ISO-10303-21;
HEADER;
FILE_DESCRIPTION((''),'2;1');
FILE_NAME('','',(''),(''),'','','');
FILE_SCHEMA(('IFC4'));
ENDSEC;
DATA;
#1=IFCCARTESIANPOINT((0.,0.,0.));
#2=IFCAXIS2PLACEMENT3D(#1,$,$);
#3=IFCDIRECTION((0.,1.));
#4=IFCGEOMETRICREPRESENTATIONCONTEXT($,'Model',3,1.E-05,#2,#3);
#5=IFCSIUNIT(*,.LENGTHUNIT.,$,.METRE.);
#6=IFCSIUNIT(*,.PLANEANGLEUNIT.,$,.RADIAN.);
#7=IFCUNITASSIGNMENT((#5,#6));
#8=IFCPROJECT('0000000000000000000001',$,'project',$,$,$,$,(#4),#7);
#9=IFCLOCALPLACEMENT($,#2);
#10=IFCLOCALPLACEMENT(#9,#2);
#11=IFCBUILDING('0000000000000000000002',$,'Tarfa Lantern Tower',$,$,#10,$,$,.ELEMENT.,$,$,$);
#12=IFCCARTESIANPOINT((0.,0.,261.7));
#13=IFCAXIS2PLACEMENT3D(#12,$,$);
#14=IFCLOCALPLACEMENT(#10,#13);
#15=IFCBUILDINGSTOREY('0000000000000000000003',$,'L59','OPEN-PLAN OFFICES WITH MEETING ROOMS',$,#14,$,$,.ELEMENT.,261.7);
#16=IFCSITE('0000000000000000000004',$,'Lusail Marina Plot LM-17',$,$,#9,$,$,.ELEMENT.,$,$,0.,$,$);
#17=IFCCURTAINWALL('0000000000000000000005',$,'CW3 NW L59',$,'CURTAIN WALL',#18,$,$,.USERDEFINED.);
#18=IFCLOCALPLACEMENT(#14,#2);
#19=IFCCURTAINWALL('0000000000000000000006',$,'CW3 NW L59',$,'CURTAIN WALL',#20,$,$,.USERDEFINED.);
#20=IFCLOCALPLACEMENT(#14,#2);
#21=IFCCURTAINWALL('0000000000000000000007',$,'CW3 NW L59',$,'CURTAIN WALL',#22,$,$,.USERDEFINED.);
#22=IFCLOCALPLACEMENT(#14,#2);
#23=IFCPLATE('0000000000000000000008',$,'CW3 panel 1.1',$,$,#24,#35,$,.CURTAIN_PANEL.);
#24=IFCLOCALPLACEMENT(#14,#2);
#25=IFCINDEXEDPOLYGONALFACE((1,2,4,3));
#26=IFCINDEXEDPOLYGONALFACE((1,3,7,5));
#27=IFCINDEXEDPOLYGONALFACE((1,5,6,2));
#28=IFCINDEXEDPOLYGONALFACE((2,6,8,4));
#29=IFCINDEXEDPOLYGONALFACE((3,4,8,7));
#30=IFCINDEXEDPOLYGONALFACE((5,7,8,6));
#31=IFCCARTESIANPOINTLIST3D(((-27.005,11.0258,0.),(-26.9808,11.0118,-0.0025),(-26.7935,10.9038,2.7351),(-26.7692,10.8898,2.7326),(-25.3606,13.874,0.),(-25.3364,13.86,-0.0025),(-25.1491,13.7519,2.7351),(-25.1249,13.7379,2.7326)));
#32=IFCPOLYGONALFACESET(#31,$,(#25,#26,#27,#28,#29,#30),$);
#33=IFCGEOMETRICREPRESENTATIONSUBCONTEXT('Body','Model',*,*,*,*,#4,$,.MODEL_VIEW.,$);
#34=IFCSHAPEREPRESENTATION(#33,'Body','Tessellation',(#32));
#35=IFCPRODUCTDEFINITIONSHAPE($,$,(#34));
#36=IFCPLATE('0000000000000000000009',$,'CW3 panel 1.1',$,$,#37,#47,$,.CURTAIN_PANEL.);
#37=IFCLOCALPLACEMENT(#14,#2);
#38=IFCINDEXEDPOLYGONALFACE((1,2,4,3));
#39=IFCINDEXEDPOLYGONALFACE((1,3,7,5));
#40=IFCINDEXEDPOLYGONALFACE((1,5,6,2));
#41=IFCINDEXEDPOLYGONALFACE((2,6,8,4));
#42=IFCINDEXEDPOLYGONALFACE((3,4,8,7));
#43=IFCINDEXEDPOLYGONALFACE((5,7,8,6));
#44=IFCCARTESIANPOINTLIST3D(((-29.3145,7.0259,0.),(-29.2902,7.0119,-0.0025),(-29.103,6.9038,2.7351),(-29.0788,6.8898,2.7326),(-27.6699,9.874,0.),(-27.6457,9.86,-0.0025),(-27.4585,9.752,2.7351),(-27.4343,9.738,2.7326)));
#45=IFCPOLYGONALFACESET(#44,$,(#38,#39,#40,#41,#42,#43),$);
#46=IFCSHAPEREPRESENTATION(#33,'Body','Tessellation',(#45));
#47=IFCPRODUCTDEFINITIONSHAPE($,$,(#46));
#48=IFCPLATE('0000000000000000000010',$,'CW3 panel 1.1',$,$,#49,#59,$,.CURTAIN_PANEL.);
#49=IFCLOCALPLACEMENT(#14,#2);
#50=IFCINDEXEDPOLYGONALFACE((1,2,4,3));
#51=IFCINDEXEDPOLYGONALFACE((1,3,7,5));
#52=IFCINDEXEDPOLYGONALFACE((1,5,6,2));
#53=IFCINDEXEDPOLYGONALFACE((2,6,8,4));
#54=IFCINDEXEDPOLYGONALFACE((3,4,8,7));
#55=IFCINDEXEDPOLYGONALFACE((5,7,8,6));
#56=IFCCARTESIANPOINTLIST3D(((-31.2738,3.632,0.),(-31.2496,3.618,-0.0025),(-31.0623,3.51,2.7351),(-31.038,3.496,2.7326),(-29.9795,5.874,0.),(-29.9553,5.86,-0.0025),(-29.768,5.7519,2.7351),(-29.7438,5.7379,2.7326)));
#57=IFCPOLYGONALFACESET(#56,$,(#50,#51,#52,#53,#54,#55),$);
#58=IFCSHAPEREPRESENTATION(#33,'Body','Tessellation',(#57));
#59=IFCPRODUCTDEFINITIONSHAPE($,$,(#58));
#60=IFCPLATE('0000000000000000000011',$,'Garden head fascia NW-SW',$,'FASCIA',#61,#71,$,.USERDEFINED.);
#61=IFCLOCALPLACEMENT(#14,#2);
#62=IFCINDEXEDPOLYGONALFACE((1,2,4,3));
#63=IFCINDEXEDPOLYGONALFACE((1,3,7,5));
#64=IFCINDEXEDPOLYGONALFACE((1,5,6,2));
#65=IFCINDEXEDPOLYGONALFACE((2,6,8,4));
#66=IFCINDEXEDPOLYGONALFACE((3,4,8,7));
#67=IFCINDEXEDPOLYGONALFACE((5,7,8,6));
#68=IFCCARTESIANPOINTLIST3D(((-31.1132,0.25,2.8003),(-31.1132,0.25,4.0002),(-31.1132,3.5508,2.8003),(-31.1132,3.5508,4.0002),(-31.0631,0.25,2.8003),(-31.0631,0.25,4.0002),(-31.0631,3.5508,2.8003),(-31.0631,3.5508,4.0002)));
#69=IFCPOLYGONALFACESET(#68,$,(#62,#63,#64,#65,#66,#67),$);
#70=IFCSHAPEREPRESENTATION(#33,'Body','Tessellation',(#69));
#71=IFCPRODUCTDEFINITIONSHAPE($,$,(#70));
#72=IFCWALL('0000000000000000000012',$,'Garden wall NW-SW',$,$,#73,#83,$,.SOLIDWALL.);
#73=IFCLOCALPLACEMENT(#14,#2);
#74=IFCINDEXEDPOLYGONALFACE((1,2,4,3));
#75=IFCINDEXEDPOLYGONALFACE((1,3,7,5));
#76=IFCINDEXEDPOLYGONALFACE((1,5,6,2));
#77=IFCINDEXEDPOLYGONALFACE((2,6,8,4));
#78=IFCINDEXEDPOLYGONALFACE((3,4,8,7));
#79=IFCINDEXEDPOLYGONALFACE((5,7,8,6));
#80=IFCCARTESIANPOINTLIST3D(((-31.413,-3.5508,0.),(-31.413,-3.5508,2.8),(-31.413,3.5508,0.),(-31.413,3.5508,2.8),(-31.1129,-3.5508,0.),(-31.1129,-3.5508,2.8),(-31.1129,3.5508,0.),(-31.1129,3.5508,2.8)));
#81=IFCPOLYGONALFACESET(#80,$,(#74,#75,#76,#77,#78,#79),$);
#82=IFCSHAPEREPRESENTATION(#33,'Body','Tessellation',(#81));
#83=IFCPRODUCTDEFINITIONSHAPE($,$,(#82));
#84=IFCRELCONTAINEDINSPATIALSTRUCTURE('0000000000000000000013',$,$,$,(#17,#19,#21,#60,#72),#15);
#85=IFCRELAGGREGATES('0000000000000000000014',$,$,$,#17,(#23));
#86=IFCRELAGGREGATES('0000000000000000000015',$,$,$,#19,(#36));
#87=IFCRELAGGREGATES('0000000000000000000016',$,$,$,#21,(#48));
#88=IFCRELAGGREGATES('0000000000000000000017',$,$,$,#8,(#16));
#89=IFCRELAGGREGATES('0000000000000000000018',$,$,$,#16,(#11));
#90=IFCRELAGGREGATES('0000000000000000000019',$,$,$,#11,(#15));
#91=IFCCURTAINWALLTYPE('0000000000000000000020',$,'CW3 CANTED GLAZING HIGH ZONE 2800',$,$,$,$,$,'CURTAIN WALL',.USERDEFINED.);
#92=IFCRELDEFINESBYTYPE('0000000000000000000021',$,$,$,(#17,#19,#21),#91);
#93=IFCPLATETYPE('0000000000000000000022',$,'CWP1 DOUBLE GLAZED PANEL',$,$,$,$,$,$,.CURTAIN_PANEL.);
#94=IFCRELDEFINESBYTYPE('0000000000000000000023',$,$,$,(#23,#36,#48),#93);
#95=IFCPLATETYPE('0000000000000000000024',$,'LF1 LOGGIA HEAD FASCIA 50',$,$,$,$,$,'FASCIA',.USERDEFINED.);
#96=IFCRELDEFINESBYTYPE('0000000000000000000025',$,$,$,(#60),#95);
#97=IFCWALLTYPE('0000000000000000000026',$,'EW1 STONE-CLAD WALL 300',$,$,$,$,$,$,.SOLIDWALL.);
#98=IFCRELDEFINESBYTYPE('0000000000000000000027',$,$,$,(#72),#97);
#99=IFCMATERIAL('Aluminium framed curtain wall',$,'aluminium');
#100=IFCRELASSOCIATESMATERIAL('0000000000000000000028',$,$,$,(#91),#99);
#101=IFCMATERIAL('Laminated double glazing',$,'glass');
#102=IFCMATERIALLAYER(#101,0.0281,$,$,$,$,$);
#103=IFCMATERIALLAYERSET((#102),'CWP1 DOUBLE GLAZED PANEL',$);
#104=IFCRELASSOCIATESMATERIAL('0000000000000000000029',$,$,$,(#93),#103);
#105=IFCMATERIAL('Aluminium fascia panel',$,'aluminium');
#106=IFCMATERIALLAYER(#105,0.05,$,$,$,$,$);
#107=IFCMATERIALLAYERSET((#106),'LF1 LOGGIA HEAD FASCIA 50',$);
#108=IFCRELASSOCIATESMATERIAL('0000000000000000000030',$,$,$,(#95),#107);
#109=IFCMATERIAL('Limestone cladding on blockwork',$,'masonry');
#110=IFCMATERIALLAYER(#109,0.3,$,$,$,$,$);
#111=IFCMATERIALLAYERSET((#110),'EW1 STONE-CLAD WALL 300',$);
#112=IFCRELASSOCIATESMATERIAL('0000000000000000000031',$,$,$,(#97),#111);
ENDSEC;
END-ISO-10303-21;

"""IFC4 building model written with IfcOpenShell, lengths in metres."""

from ifc_helpers import new_model, si_unit, direction, frame, frame_2d, origin, origin_2d, place, context, subcontext, project, spatial, polyline, rectangle, outline, extrude, material, layer, layer_set, type_object, element, aggregate, save


model = new_model("IFC4")

# Units and contexts
model_context = context("Model", 3, precision=1e-05, world=origin(), true_north=direction((0.0, 1.0)))
body_context = subcontext(model_context, "Body", "Model", "MODEL_VIEW")
ifc_project = project(units=[si_unit("LENGTHUNIT", "METRE"), si_unit("PLANEANGLEUNIT", "RADIAN")], contexts=[model_context])

# Site, building, storey
site_placement = place(None, origin())
site = spatial("IfcSite", under=ifc_project, at=site_placement, Name="Lusail Marina Plot LM-17", CompositionType="ELEMENT", RefElevation=0.0)
building_placement = place(site_placement, origin())
building = spatial("IfcBuilding", under=site, at=building_placement, Name="Tarfa Lantern Tower", CompositionType="ELEMENT")
storey_placement = place(building_placement, frame((0.0, 0.0, 261.7)))
storey = spatial("IfcBuildingStorey", under=building, at=storey_placement, Name="L59", Description="OPEN-PLAN OFFICES WITH MEETING ROOMS", CompositionType="ELEMENT", Elevation=261.7)

# Curtain wall
ifc_material_1 = material(Name="Aluminium framed curtain wall", Category="aluminium")
curtain_wall_type = type_object("IfcCurtainWallType", Name="CW3 CANTED GLAZING HIGH ZONE 2800", ElementType="CURTAIN WALL", PredefinedType="USERDEFINED", material=ifc_material_1)
curtain_wall_1_placement = place(storey_placement, origin())
curtain_wall_1 = element("IfcCurtainWall", 1, at=curtain_wall_1_placement, inside=storey, type_object=curtain_wall_type, Name="CW3 NW L59", ObjectType="CURTAIN WALL", PredefinedType="USERDEFINED")

# Curtain walls
curtain_wall_2_placement = place(storey_placement, origin())
curtain_wall_2 = element("IfcCurtainWall", 2, at=curtain_wall_2_placement, inside=storey, type_object=curtain_wall_type, Name="CW3 NW L59", ObjectType="CURTAIN WALL", PredefinedType="USERDEFINED")
curtain_wall_3_placement = place(storey_placement, origin())
curtain_wall_3 = element("IfcCurtainWall", 3, at=curtain_wall_3_placement, inside=storey, type_object=curtain_wall_type, Name="CW3 NW L59", ObjectType="CURTAIN WALL", PredefinedType="USERDEFINED")

# Plates
ifc_material_2 = material(Name="Laminated double glazing", Category="glass")
ifc_layer_1 = layer(ifc_material_2, 0.0281)
ifc_layer_set_1 = layer_set([ifc_layer_1], Name="CWP1 DOUBLE GLAZED PANEL")
plate_type_1 = type_object("IfcPlateType", Name="CWP1 DOUBLE GLAZED PANEL", PredefinedType="CURTAIN_PANEL", material=ifc_layer_set_1)
plate_1_placement = place(storey_placement, frame((-25.3606, 13.874, 0.0), z_axis=(-0.862589, 0.498026, 0.088945), x_axis=(-0.500008, -0.866021, -0.000003)))
plate_1 = element("IfcPlate", 4, at=plate_1_placement, type_object=plate_type_1, Name="CW3 panel 1.1", PredefinedType="CURTAIN_PANEL", context=body_context, shape_type="SweptSolid", body=[
    extrude(outline(polyline([(0.0, 0.0), (3.2888, 0.0), (3.2887, 2.746), (0.0, 2.746), (0.0, 0.0)])), origin(), (0.0, 0.0, -1.0), 0.0281),
])
aggregate(curtain_wall_1, [plate_1])
plate_2_placement = place(storey_placement, frame((-27.6699, 9.874, 0.0), z_axis=(-0.862576, 0.498055, 0.088906), x_axis=(-0.500035, -0.866005, 0.0)))
plate_2 = element("IfcPlate", 5, at=plate_2_placement, type_object=plate_type_1, Name="CW3 panel 1.1", PredefinedType="CURTAIN_PANEL", context=body_context, shape_type="SweptSolid", body=[
    extrude(outline(polyline([(0.0, 0.0), (3.2888, 0.0), (3.2888, 2.746), (0.0, 2.746), (0.0, 0.0)])), origin(), (0.0, 0.0, -1.0), 0.0281),
])
aggregate(curtain_wall_2, [plate_2])
plate_3_placement = place(storey_placement, frame((-29.9795, 5.874, 0.0), z_axis=(-0.862605, 0.497997, 0.088945), x_axis=(-0.499979, -0.866038, -0.000004)))
plate_3 = element("IfcPlate", 6, at=plate_3_placement, type_object=plate_type_1, Name="CW3 panel 1.1", PredefinedType="CURTAIN_PANEL", context=body_context, shape_type="SweptSolid", body=[
    extrude(outline(polyline([(0.0, 0.0), (2.5888, 0.0), (2.5887, 2.746), (0.0, 2.746), (0.0, 0.0)])), origin(), (0.0, 0.0, -1.0), 0.0281),
])
aggregate(curtain_wall_3, [plate_3])
ifc_material_3 = material(Name="Aluminium fascia panel", Category="aluminium")
ifc_layer_2 = layer(ifc_material_3, 0.05)
ifc_layer_set_2 = layer_set([ifc_layer_2], Name="LF1 LOGGIA HEAD FASCIA 50")
plate_type_2 = type_object("IfcPlateType", Name="LF1 LOGGIA HEAD FASCIA 50", ElementType="FASCIA", PredefinedType="USERDEFINED", material=ifc_layer_set_2)
plate_4_placement = place(storey_placement, frame((-31.0881, 1.9004, 2.8003), z_axis=(0.0, 0.0, 1.0), x_axis=(0.0, -1.0, 0.0)))
element("IfcPlate", 7, at=plate_4_placement, inside=storey, type_object=plate_type_2, Name="Garden head fascia NW-SW", ObjectType="FASCIA", PredefinedType="USERDEFINED", context=body_context, shape_type="SweptSolid", body=[
    extrude(rectangle(XDim=3.3008, YDim=0.05, at=origin_2d()), origin(), (0.0, 0.0, 1.0), 1.2),
])

# Wall
ifc_material_4 = material(Name="Limestone cladding on blockwork", Category="masonry")
ifc_layer_3 = layer(ifc_material_4, 0.3)
ifc_layer_set_3 = layer_set([ifc_layer_3], Name="EW1 STONE-CLAD WALL 300")
wall_type = type_object("IfcWallType", Name="EW1 STONE-CLAD WALL 300", PredefinedType="SOLIDWALL", material=ifc_layer_set_3)
wall_placement = place(storey_placement, frame((-31.2629, 3.5508, 0.0), z_axis=(0.0, 0.0, 1.0), x_axis=(0.0, -1.0, 0.0)))
element("IfcWall", 8, at=wall_placement, inside=storey, type_object=wall_type, Name="Garden wall NW-SW", PredefinedType="SOLIDWALL", context=body_context, shape_type="SweptSolid", body=[
    extrude(rectangle(XDim=7.1016, YDim=0.3, at=frame_2d((3.5508, 0.0))), origin(), (0.0, 0.0, 1.0), 2.8),
])

save(model, "model.ifc")
